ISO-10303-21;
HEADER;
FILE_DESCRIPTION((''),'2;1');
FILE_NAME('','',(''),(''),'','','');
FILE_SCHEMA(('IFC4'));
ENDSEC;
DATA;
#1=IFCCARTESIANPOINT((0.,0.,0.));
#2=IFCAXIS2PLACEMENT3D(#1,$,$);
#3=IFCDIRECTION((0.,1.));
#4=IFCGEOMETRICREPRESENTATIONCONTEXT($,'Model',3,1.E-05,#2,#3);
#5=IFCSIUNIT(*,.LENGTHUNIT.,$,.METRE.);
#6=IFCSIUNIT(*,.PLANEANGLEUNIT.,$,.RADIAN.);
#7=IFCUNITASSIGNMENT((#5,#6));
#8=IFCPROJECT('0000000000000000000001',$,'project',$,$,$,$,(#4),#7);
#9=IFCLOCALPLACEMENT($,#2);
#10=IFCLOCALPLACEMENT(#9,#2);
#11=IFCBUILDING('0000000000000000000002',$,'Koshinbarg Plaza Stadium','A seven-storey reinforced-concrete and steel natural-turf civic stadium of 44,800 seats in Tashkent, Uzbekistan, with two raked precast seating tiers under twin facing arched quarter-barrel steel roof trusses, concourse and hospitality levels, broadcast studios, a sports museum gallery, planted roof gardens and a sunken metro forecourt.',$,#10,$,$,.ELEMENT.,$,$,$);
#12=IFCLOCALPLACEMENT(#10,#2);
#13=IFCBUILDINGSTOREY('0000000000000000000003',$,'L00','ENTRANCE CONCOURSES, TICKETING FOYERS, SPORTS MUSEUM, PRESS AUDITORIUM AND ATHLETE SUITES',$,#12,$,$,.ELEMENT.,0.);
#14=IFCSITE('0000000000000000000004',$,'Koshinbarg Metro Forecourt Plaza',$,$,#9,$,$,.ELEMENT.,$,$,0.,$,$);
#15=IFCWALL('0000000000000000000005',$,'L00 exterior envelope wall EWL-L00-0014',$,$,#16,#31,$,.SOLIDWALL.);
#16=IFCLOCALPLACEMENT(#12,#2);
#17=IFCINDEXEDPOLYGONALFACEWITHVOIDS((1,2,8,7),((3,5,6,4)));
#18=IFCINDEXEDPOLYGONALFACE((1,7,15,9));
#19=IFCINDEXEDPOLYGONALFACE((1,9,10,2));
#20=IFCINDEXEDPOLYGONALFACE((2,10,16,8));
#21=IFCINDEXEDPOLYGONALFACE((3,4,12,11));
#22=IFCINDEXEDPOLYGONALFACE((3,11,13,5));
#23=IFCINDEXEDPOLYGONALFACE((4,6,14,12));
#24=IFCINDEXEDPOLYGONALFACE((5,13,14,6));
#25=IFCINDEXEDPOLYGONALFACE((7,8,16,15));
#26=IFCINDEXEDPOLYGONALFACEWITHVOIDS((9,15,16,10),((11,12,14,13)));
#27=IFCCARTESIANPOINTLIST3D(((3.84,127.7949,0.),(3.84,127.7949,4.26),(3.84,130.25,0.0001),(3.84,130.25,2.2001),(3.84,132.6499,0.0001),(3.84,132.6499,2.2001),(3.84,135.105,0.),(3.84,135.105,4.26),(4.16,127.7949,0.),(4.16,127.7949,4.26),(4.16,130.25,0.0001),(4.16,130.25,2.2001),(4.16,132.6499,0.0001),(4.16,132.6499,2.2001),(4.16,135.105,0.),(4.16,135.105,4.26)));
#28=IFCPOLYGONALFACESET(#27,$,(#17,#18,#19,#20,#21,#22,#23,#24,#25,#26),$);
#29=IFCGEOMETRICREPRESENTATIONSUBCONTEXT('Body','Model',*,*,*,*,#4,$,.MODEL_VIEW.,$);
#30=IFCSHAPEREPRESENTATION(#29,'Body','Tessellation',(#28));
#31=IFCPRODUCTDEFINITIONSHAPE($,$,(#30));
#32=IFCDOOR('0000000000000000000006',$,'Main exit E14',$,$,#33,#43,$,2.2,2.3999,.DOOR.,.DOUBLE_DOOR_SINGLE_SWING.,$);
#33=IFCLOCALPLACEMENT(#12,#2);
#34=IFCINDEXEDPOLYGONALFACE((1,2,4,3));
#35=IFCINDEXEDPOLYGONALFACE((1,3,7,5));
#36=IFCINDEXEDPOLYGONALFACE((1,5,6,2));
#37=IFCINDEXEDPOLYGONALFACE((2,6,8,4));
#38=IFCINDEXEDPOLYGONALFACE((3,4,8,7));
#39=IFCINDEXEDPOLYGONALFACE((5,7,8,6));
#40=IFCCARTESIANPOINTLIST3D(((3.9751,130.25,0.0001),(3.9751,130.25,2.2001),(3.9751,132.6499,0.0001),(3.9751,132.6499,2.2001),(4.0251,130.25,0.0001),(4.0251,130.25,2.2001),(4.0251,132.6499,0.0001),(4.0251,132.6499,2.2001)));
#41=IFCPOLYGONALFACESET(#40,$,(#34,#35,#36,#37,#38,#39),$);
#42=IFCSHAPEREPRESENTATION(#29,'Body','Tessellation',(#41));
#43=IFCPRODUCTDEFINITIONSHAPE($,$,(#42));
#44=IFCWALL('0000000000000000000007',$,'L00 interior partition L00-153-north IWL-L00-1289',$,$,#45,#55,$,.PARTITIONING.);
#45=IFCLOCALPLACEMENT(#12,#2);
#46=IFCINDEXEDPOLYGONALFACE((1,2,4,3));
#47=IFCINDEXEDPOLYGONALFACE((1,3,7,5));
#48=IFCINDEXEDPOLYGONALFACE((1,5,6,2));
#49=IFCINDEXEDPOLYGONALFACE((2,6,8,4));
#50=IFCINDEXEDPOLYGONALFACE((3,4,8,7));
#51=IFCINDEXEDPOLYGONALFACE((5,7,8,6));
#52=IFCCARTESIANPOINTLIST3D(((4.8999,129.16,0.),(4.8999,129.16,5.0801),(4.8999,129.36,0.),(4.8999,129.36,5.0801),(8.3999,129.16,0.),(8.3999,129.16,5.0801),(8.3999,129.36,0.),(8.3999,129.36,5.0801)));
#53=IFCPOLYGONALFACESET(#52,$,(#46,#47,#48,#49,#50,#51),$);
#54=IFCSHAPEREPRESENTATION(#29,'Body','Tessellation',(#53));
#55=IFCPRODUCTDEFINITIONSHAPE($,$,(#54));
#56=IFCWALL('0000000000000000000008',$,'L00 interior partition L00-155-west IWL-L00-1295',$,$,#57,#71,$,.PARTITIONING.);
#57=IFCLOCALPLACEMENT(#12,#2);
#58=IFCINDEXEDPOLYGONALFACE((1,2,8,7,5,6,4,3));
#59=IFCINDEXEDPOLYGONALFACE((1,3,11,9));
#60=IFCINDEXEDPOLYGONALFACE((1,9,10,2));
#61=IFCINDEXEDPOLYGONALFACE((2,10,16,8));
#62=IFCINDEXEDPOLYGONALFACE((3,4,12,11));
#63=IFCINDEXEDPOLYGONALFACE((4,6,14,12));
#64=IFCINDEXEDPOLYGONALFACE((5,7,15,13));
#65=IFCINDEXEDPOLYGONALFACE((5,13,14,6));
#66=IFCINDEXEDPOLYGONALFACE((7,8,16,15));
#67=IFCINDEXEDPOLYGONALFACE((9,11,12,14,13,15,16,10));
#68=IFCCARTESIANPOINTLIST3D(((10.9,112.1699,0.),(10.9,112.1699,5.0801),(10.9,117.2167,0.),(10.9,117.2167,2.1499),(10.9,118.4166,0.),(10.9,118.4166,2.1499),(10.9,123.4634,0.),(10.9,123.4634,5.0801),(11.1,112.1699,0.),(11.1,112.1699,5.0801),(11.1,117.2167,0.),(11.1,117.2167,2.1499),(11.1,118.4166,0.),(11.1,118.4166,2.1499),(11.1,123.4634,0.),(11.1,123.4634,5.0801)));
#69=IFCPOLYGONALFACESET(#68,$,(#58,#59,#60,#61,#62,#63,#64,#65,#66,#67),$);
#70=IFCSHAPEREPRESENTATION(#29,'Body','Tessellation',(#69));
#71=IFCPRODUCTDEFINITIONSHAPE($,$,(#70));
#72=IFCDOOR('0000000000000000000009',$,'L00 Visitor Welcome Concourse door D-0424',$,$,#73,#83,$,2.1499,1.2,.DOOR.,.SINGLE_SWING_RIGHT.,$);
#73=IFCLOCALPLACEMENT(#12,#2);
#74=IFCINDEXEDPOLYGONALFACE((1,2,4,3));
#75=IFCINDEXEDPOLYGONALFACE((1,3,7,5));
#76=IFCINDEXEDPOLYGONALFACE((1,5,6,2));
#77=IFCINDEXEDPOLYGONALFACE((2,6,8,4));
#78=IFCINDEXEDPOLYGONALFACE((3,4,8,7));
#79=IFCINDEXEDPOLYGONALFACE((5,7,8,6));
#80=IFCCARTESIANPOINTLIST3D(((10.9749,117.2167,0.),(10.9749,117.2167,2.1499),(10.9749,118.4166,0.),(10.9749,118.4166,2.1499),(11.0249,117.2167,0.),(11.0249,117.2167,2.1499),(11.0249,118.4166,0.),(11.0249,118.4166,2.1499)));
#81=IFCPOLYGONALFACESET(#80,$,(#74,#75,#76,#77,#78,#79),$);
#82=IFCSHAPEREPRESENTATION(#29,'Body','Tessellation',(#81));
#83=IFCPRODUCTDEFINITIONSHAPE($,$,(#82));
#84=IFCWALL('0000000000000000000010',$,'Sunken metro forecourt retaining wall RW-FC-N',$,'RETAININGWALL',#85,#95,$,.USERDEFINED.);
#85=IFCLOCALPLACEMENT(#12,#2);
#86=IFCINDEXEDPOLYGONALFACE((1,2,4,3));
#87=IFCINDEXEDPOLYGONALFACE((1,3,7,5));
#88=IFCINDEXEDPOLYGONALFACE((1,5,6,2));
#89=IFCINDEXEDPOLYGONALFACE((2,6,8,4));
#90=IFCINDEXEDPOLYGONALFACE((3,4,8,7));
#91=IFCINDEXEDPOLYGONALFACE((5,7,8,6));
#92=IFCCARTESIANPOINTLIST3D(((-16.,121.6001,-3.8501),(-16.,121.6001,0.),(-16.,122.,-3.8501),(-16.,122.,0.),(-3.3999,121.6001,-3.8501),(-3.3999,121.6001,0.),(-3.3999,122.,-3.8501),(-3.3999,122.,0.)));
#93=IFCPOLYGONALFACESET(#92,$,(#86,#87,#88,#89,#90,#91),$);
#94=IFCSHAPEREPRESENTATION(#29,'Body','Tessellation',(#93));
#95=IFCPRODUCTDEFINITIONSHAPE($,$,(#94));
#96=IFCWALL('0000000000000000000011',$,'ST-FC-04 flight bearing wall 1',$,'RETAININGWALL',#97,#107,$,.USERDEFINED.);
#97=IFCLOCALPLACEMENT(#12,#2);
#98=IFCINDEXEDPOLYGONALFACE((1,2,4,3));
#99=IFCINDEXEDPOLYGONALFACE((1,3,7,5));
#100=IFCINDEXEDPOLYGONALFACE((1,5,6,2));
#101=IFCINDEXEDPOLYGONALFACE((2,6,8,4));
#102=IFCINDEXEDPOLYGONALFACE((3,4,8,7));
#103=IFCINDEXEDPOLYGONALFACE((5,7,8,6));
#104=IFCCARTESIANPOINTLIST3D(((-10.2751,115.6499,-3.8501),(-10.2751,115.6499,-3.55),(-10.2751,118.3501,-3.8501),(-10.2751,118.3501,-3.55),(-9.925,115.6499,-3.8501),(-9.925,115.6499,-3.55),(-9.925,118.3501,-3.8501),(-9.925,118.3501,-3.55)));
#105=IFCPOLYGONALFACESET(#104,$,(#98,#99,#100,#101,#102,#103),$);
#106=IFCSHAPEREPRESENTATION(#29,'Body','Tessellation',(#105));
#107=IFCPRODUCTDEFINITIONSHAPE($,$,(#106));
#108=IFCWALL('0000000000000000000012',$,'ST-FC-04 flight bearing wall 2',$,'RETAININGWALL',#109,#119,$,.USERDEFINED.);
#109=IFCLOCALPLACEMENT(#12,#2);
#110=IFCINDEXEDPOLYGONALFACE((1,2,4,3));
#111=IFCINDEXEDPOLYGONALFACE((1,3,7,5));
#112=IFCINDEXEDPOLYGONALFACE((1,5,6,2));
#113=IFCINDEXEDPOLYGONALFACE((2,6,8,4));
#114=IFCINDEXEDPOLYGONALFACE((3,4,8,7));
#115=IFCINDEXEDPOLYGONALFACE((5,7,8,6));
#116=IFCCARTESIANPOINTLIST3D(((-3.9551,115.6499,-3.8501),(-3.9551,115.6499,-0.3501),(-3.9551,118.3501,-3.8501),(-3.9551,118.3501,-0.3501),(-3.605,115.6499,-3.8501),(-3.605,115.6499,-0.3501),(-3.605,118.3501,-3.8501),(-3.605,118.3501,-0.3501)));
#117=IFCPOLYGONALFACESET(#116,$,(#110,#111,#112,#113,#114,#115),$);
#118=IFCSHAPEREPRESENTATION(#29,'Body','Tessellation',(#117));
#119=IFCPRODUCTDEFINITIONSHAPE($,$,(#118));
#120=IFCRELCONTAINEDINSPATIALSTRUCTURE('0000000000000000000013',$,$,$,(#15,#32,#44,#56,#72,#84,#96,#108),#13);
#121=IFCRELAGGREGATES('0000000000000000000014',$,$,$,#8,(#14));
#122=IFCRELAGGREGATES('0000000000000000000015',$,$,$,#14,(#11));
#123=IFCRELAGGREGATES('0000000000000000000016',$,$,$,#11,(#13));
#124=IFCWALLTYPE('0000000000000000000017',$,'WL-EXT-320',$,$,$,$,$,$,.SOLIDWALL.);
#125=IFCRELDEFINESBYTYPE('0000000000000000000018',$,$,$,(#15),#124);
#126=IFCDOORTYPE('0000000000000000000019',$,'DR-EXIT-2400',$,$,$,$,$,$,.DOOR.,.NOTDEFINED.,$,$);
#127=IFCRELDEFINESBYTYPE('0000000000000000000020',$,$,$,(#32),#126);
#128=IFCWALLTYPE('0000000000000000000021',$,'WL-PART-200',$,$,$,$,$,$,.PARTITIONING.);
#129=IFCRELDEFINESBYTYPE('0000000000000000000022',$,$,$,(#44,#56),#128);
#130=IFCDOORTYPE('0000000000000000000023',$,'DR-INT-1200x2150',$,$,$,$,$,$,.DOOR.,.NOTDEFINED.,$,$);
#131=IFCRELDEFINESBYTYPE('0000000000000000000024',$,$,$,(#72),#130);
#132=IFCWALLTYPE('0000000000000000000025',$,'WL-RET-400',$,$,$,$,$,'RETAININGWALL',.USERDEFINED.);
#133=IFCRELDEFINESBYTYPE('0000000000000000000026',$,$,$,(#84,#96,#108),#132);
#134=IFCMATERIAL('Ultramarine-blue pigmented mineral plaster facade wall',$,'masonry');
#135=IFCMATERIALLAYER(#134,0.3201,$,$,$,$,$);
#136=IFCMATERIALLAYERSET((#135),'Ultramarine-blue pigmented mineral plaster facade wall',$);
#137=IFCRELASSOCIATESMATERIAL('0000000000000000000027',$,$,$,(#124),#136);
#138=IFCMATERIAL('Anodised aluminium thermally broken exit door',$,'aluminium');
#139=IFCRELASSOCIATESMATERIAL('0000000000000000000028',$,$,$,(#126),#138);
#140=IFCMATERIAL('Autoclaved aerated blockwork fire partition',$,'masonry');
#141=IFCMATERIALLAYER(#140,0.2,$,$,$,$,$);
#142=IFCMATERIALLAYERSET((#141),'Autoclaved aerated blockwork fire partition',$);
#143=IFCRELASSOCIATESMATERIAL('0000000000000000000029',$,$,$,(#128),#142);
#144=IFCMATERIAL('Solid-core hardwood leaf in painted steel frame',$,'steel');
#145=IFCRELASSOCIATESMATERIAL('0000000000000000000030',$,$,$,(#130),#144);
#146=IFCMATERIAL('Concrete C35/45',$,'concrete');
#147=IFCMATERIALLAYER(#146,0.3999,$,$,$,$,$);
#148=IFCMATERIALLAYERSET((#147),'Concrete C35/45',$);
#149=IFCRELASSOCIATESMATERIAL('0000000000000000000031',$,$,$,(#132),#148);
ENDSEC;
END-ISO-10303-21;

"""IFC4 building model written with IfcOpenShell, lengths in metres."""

from ifc_helpers import new_model, si_unit, direction, frame, frame_2d, origin, place, context, subcontext, project, spatial, rectangle, extrude, material, layer, layer_set, type_object, element, fill, save


model = new_model("IFC4")

# Units and contexts
model_context = context("Model", 3, precision=1e-05, world=origin(), true_north=direction((0.0, 1.0)))
body_context = subcontext(model_context, "Body", "Model", "MODEL_VIEW")
ifc_project = project(units=[si_unit("LENGTHUNIT", "METRE"), si_unit("PLANEANGLEUNIT", "RADIAN")], contexts=[model_context])

# Site, building, storey
site_placement = place(None, origin())
site = spatial("IfcSite", under=ifc_project, at=site_placement, Name="Koshinbarg Metro Forecourt Plaza", CompositionType="ELEMENT", RefElevation=0.0)
building_placement = place(site_placement, origin())
building = spatial("IfcBuilding", under=site, at=building_placement, Name="Koshinbarg Plaza Stadium", Description="A seven-storey reinforced-concrete and steel natural-turf civic stadium of 44,800 seats in Tashkent, Uzbekistan, with two raked precast seating tiers under twin facing arched quarter-barrel steel roof trusses, concourse and hospitality levels, broadcast studios, a sports museum gallery, planted roof gardens and a sunken metro forecourt.", CompositionType="ELEMENT")
storey_placement = place(building_placement, origin())
storey = spatial("IfcBuildingStorey", under=building, at=storey_placement, Name="L00", Description="ENTRANCE CONCOURSES, TICKETING FOYERS, SPORTS MUSEUM, PRESS AUDITORIUM AND ATHLETE SUITES", CompositionType="ELEMENT", Elevation=0.0)

# Shared definitions
ifc_material_1 = material(Name="Concrete C35/45", Category="concrete")

# Wall, opening, door
ifc_material_2 = material(Name="Ultramarine-blue pigmented mineral plaster facade wall", Category="masonry")
ifc_layer_1 = layer(ifc_material_2, 0.3201)
ifc_layer_set_1 = layer_set([ifc_layer_1], Name="Ultramarine-blue pigmented mineral plaster facade wall")
wall_type_1 = type_object("IfcWallType", Name="WL-EXT-320", PredefinedType="SOLIDWALL", material=ifc_layer_set_1)
wall_1_placement = place(storey_placement, frame((4.0, 127.7949, 0.0), z_axis=(0.0, 0.0, 1.0), x_axis=(0.0, 1.0, 0.0)))
wall_1 = element("IfcWall", 1, at=wall_1_placement, inside=storey, type_object=wall_type_1, Name="L00 exterior envelope wall EWL-L00-0014", PredefinedType="SOLIDWALL", context=body_context, shape_type="SweptSolid", body=[
    extrude(rectangle(XDim=7.3101, YDim=0.3201, at=frame_2d((3.655, 0.0))), origin(), (0.0, 0.0, 1.0), 4.26),
])
opening_1_placement = place(wall_1_placement, frame((2.4551, 0.0, 0.0)))
opening_1 = element("IfcOpeningElement", 2, at=opening_1_placement, cuts=wall_1, PredefinedType="OPENING", context=body_context, shape_type="SweptSolid", body=[
    extrude(rectangle(XDim=2.3999, YDim=2.2, at=frame_2d((1.2, 1.1001))), frame((0.0, 0.1699, 0.0), z_axis=(0.0, -1.0, 0.0), x_axis=(1.0, 0.0, 0.0)), (0.0, 0.0, 1.0), 0.3401),
])
ifc_material_3 = material(Name="Anodised aluminium thermally broken exit door", Category="aluminium")
door_type_1 = type_object("IfcDoorType", Name="DR-EXIT-2400", OperationType="NOTDEFINED", PredefinedType="DOOR", material=ifc_material_3)
door_1_placement = place(opening_1_placement, origin())
door_1 = element("IfcDoor", 3, at=door_1_placement, inside=storey, type_object=door_type_1, Name="Main exit E14", OperationType="DOUBLE_DOOR_SINGLE_SWING", OverallHeight=2.2, OverallWidth=2.3999, PredefinedType="DOOR", context=body_context, shape_type="SweptSolid", body=[
    extrude(rectangle(XDim=2.3999, YDim=2.2, at=frame_2d((1.2, 1.1001))), frame((0.0, 0.0249, 0.0), z_axis=(0.0, -1.0, 0.0), x_axis=(1.0, 0.0, 0.0)), (0.0, 0.0, 1.0), 0.05),
])
fill(opening_1, door_1)

# Wall
ifc_material_4 = material(Name="Autoclaved aerated blockwork fire partition", Category="masonry")
ifc_layer_2 = layer(ifc_material_4, 0.2)
ifc_layer_set_2 = layer_set([ifc_layer_2], Name="Autoclaved aerated blockwork fire partition")
wall_type_2 = type_object("IfcWallType", Name="WL-PART-200", PredefinedType="PARTITIONING", material=ifc_layer_set_2)
wall_2_placement = place(storey_placement, frame((8.3999, 129.26, 0.0), z_axis=(0.0, 0.0, 1.0), x_axis=(-1.0, 0.0, 0.0)))
element("IfcWall", 4, at=wall_2_placement, inside=storey, type_object=wall_type_2, Name="L00 interior partition L00-153-north IWL-L00-1289", PredefinedType="PARTITIONING", context=body_context, shape_type="SweptSolid", body=[
    extrude(rectangle(XDim=3.5, YDim=0.2, at=frame_2d((1.75, 0.0))), origin(), (0.0, 0.0, 1.0), 5.0801),
])

# Wall, opening, door
wall_3_placement = place(storey_placement, frame((11.0, 123.4634, 0.0), z_axis=(0.0, 0.0, 1.0), x_axis=(0.0, -1.0, 0.0)))
wall_3 = element("IfcWall", 5, at=wall_3_placement, inside=storey, type_object=wall_type_2, Name="L00 interior partition L00-155-west IWL-L00-1295", PredefinedType="PARTITIONING", context=body_context, shape_type="SweptSolid", body=[
    extrude(rectangle(XDim=11.2935, YDim=0.2, at=frame_2d((5.6467, 0.0))), origin(), (0.0, 0.0, 1.0), 5.0801),
])
opening_2_placement = place(wall_3_placement, frame((5.0466, 0.0, 0.0)))
opening_2 = element("IfcOpeningElement", 6, at=opening_2_placement, cuts=wall_3, PredefinedType="OPENING", context=body_context, shape_type="SweptSolid", body=[
    extrude(rectangle(XDim=1.2, YDim=2.1499, at=frame_2d((0.6001, 1.075))), frame((0.0, 0.1099, 0.0), z_axis=(0.0, -1.0, 0.0), x_axis=(1.0, 0.0, 0.0)), (0.0, 0.0, 1.0), 0.22),
])
ifc_material_5 = material(Name="Solid-core hardwood leaf in painted steel frame", Category="steel")
door_type_2 = type_object("IfcDoorType", Name="DR-INT-1200x2150", OperationType="NOTDEFINED", PredefinedType="DOOR", material=ifc_material_5)
door_2_placement = place(opening_2_placement, origin())
door_2 = element("IfcDoor", 7, at=door_2_placement, inside=storey, type_object=door_type_2, Name="L00 Visitor Welcome Concourse door D-0424", OperationType="SINGLE_SWING_RIGHT", OverallHeight=2.1499, OverallWidth=1.2, PredefinedType="DOOR", context=body_context, shape_type="SweptSolid", body=[
    extrude(rectangle(XDim=1.2, YDim=2.1499, at=frame_2d((0.6001, 1.075))), frame((0.0, 0.0249, 0.0), z_axis=(0.0, -1.0, 0.0), x_axis=(1.0, 0.0, 0.0)), (0.0, 0.0, 1.0), 0.05),
])
fill(opening_2, door_2)

# Walls
ifc_layer_3 = layer(ifc_material_1, 0.3999)
ifc_layer_set_3 = layer_set([ifc_layer_3], Name="Concrete C35/45")
wall_type_3 = type_object("IfcWallType", Name="WL-RET-400", ElementType="RETAININGWALL", PredefinedType="USERDEFINED", material=ifc_layer_set_3)
wall_4_placement = place(storey_placement, frame((-3.3999, 121.8, -3.8501), z_axis=(0.0, 0.0, 1.0), x_axis=(-1.0, 0.0, 0.0)))
element("IfcWall", 8, at=wall_4_placement, inside=storey, type_object=wall_type_3, Name="Sunken metro forecourt retaining wall RW-FC-N", ObjectType="RETAININGWALL", PredefinedType="USERDEFINED", context=body_context, shape_type="SweptSolid", body=[
    extrude(rectangle(XDim=12.6001, YDim=0.3999, at=frame_2d((6.3, 0.0))), origin(), (0.0, 0.0, 1.0), 3.8501),
])
wall_5_placement = place(storey_placement, frame((-10.1001, 115.6499, -3.8501), z_axis=(0.0, 0.0, 1.0), x_axis=(0.0, 1.0, 0.0)))
element("IfcWall", 9, at=wall_5_placement, inside=storey, type_object=wall_type_3, Name="ST-FC-04 flight bearing wall 1", ObjectType="RETAININGWALL", PredefinedType="USERDEFINED", context=body_context, shape_type="SweptSolid", body=[
    extrude(rectangle(XDim=2.7002, YDim=0.3501, at=frame_2d((1.3501, 0.0))), origin(), (0.0, 0.0, 1.0), 0.3),
])
wall_6_placement = place(storey_placement, frame((-3.78, 115.6499, -3.8501), z_axis=(0.0, 0.0, 1.0), x_axis=(0.0, 1.0, 0.0)))
element("IfcWall", 10, at=wall_6_placement, inside=storey, type_object=wall_type_3, Name="ST-FC-04 flight bearing wall 2", ObjectType="RETAININGWALL", PredefinedType="USERDEFINED", context=body_context, shape_type="SweptSolid", body=[
    extrude(rectangle(XDim=2.7002, YDim=0.3501, at=frame_2d((1.3501, 0.0))), origin(), (0.0, 0.0, 1.0), 3.5),
])

save(model, "model.ifc")
